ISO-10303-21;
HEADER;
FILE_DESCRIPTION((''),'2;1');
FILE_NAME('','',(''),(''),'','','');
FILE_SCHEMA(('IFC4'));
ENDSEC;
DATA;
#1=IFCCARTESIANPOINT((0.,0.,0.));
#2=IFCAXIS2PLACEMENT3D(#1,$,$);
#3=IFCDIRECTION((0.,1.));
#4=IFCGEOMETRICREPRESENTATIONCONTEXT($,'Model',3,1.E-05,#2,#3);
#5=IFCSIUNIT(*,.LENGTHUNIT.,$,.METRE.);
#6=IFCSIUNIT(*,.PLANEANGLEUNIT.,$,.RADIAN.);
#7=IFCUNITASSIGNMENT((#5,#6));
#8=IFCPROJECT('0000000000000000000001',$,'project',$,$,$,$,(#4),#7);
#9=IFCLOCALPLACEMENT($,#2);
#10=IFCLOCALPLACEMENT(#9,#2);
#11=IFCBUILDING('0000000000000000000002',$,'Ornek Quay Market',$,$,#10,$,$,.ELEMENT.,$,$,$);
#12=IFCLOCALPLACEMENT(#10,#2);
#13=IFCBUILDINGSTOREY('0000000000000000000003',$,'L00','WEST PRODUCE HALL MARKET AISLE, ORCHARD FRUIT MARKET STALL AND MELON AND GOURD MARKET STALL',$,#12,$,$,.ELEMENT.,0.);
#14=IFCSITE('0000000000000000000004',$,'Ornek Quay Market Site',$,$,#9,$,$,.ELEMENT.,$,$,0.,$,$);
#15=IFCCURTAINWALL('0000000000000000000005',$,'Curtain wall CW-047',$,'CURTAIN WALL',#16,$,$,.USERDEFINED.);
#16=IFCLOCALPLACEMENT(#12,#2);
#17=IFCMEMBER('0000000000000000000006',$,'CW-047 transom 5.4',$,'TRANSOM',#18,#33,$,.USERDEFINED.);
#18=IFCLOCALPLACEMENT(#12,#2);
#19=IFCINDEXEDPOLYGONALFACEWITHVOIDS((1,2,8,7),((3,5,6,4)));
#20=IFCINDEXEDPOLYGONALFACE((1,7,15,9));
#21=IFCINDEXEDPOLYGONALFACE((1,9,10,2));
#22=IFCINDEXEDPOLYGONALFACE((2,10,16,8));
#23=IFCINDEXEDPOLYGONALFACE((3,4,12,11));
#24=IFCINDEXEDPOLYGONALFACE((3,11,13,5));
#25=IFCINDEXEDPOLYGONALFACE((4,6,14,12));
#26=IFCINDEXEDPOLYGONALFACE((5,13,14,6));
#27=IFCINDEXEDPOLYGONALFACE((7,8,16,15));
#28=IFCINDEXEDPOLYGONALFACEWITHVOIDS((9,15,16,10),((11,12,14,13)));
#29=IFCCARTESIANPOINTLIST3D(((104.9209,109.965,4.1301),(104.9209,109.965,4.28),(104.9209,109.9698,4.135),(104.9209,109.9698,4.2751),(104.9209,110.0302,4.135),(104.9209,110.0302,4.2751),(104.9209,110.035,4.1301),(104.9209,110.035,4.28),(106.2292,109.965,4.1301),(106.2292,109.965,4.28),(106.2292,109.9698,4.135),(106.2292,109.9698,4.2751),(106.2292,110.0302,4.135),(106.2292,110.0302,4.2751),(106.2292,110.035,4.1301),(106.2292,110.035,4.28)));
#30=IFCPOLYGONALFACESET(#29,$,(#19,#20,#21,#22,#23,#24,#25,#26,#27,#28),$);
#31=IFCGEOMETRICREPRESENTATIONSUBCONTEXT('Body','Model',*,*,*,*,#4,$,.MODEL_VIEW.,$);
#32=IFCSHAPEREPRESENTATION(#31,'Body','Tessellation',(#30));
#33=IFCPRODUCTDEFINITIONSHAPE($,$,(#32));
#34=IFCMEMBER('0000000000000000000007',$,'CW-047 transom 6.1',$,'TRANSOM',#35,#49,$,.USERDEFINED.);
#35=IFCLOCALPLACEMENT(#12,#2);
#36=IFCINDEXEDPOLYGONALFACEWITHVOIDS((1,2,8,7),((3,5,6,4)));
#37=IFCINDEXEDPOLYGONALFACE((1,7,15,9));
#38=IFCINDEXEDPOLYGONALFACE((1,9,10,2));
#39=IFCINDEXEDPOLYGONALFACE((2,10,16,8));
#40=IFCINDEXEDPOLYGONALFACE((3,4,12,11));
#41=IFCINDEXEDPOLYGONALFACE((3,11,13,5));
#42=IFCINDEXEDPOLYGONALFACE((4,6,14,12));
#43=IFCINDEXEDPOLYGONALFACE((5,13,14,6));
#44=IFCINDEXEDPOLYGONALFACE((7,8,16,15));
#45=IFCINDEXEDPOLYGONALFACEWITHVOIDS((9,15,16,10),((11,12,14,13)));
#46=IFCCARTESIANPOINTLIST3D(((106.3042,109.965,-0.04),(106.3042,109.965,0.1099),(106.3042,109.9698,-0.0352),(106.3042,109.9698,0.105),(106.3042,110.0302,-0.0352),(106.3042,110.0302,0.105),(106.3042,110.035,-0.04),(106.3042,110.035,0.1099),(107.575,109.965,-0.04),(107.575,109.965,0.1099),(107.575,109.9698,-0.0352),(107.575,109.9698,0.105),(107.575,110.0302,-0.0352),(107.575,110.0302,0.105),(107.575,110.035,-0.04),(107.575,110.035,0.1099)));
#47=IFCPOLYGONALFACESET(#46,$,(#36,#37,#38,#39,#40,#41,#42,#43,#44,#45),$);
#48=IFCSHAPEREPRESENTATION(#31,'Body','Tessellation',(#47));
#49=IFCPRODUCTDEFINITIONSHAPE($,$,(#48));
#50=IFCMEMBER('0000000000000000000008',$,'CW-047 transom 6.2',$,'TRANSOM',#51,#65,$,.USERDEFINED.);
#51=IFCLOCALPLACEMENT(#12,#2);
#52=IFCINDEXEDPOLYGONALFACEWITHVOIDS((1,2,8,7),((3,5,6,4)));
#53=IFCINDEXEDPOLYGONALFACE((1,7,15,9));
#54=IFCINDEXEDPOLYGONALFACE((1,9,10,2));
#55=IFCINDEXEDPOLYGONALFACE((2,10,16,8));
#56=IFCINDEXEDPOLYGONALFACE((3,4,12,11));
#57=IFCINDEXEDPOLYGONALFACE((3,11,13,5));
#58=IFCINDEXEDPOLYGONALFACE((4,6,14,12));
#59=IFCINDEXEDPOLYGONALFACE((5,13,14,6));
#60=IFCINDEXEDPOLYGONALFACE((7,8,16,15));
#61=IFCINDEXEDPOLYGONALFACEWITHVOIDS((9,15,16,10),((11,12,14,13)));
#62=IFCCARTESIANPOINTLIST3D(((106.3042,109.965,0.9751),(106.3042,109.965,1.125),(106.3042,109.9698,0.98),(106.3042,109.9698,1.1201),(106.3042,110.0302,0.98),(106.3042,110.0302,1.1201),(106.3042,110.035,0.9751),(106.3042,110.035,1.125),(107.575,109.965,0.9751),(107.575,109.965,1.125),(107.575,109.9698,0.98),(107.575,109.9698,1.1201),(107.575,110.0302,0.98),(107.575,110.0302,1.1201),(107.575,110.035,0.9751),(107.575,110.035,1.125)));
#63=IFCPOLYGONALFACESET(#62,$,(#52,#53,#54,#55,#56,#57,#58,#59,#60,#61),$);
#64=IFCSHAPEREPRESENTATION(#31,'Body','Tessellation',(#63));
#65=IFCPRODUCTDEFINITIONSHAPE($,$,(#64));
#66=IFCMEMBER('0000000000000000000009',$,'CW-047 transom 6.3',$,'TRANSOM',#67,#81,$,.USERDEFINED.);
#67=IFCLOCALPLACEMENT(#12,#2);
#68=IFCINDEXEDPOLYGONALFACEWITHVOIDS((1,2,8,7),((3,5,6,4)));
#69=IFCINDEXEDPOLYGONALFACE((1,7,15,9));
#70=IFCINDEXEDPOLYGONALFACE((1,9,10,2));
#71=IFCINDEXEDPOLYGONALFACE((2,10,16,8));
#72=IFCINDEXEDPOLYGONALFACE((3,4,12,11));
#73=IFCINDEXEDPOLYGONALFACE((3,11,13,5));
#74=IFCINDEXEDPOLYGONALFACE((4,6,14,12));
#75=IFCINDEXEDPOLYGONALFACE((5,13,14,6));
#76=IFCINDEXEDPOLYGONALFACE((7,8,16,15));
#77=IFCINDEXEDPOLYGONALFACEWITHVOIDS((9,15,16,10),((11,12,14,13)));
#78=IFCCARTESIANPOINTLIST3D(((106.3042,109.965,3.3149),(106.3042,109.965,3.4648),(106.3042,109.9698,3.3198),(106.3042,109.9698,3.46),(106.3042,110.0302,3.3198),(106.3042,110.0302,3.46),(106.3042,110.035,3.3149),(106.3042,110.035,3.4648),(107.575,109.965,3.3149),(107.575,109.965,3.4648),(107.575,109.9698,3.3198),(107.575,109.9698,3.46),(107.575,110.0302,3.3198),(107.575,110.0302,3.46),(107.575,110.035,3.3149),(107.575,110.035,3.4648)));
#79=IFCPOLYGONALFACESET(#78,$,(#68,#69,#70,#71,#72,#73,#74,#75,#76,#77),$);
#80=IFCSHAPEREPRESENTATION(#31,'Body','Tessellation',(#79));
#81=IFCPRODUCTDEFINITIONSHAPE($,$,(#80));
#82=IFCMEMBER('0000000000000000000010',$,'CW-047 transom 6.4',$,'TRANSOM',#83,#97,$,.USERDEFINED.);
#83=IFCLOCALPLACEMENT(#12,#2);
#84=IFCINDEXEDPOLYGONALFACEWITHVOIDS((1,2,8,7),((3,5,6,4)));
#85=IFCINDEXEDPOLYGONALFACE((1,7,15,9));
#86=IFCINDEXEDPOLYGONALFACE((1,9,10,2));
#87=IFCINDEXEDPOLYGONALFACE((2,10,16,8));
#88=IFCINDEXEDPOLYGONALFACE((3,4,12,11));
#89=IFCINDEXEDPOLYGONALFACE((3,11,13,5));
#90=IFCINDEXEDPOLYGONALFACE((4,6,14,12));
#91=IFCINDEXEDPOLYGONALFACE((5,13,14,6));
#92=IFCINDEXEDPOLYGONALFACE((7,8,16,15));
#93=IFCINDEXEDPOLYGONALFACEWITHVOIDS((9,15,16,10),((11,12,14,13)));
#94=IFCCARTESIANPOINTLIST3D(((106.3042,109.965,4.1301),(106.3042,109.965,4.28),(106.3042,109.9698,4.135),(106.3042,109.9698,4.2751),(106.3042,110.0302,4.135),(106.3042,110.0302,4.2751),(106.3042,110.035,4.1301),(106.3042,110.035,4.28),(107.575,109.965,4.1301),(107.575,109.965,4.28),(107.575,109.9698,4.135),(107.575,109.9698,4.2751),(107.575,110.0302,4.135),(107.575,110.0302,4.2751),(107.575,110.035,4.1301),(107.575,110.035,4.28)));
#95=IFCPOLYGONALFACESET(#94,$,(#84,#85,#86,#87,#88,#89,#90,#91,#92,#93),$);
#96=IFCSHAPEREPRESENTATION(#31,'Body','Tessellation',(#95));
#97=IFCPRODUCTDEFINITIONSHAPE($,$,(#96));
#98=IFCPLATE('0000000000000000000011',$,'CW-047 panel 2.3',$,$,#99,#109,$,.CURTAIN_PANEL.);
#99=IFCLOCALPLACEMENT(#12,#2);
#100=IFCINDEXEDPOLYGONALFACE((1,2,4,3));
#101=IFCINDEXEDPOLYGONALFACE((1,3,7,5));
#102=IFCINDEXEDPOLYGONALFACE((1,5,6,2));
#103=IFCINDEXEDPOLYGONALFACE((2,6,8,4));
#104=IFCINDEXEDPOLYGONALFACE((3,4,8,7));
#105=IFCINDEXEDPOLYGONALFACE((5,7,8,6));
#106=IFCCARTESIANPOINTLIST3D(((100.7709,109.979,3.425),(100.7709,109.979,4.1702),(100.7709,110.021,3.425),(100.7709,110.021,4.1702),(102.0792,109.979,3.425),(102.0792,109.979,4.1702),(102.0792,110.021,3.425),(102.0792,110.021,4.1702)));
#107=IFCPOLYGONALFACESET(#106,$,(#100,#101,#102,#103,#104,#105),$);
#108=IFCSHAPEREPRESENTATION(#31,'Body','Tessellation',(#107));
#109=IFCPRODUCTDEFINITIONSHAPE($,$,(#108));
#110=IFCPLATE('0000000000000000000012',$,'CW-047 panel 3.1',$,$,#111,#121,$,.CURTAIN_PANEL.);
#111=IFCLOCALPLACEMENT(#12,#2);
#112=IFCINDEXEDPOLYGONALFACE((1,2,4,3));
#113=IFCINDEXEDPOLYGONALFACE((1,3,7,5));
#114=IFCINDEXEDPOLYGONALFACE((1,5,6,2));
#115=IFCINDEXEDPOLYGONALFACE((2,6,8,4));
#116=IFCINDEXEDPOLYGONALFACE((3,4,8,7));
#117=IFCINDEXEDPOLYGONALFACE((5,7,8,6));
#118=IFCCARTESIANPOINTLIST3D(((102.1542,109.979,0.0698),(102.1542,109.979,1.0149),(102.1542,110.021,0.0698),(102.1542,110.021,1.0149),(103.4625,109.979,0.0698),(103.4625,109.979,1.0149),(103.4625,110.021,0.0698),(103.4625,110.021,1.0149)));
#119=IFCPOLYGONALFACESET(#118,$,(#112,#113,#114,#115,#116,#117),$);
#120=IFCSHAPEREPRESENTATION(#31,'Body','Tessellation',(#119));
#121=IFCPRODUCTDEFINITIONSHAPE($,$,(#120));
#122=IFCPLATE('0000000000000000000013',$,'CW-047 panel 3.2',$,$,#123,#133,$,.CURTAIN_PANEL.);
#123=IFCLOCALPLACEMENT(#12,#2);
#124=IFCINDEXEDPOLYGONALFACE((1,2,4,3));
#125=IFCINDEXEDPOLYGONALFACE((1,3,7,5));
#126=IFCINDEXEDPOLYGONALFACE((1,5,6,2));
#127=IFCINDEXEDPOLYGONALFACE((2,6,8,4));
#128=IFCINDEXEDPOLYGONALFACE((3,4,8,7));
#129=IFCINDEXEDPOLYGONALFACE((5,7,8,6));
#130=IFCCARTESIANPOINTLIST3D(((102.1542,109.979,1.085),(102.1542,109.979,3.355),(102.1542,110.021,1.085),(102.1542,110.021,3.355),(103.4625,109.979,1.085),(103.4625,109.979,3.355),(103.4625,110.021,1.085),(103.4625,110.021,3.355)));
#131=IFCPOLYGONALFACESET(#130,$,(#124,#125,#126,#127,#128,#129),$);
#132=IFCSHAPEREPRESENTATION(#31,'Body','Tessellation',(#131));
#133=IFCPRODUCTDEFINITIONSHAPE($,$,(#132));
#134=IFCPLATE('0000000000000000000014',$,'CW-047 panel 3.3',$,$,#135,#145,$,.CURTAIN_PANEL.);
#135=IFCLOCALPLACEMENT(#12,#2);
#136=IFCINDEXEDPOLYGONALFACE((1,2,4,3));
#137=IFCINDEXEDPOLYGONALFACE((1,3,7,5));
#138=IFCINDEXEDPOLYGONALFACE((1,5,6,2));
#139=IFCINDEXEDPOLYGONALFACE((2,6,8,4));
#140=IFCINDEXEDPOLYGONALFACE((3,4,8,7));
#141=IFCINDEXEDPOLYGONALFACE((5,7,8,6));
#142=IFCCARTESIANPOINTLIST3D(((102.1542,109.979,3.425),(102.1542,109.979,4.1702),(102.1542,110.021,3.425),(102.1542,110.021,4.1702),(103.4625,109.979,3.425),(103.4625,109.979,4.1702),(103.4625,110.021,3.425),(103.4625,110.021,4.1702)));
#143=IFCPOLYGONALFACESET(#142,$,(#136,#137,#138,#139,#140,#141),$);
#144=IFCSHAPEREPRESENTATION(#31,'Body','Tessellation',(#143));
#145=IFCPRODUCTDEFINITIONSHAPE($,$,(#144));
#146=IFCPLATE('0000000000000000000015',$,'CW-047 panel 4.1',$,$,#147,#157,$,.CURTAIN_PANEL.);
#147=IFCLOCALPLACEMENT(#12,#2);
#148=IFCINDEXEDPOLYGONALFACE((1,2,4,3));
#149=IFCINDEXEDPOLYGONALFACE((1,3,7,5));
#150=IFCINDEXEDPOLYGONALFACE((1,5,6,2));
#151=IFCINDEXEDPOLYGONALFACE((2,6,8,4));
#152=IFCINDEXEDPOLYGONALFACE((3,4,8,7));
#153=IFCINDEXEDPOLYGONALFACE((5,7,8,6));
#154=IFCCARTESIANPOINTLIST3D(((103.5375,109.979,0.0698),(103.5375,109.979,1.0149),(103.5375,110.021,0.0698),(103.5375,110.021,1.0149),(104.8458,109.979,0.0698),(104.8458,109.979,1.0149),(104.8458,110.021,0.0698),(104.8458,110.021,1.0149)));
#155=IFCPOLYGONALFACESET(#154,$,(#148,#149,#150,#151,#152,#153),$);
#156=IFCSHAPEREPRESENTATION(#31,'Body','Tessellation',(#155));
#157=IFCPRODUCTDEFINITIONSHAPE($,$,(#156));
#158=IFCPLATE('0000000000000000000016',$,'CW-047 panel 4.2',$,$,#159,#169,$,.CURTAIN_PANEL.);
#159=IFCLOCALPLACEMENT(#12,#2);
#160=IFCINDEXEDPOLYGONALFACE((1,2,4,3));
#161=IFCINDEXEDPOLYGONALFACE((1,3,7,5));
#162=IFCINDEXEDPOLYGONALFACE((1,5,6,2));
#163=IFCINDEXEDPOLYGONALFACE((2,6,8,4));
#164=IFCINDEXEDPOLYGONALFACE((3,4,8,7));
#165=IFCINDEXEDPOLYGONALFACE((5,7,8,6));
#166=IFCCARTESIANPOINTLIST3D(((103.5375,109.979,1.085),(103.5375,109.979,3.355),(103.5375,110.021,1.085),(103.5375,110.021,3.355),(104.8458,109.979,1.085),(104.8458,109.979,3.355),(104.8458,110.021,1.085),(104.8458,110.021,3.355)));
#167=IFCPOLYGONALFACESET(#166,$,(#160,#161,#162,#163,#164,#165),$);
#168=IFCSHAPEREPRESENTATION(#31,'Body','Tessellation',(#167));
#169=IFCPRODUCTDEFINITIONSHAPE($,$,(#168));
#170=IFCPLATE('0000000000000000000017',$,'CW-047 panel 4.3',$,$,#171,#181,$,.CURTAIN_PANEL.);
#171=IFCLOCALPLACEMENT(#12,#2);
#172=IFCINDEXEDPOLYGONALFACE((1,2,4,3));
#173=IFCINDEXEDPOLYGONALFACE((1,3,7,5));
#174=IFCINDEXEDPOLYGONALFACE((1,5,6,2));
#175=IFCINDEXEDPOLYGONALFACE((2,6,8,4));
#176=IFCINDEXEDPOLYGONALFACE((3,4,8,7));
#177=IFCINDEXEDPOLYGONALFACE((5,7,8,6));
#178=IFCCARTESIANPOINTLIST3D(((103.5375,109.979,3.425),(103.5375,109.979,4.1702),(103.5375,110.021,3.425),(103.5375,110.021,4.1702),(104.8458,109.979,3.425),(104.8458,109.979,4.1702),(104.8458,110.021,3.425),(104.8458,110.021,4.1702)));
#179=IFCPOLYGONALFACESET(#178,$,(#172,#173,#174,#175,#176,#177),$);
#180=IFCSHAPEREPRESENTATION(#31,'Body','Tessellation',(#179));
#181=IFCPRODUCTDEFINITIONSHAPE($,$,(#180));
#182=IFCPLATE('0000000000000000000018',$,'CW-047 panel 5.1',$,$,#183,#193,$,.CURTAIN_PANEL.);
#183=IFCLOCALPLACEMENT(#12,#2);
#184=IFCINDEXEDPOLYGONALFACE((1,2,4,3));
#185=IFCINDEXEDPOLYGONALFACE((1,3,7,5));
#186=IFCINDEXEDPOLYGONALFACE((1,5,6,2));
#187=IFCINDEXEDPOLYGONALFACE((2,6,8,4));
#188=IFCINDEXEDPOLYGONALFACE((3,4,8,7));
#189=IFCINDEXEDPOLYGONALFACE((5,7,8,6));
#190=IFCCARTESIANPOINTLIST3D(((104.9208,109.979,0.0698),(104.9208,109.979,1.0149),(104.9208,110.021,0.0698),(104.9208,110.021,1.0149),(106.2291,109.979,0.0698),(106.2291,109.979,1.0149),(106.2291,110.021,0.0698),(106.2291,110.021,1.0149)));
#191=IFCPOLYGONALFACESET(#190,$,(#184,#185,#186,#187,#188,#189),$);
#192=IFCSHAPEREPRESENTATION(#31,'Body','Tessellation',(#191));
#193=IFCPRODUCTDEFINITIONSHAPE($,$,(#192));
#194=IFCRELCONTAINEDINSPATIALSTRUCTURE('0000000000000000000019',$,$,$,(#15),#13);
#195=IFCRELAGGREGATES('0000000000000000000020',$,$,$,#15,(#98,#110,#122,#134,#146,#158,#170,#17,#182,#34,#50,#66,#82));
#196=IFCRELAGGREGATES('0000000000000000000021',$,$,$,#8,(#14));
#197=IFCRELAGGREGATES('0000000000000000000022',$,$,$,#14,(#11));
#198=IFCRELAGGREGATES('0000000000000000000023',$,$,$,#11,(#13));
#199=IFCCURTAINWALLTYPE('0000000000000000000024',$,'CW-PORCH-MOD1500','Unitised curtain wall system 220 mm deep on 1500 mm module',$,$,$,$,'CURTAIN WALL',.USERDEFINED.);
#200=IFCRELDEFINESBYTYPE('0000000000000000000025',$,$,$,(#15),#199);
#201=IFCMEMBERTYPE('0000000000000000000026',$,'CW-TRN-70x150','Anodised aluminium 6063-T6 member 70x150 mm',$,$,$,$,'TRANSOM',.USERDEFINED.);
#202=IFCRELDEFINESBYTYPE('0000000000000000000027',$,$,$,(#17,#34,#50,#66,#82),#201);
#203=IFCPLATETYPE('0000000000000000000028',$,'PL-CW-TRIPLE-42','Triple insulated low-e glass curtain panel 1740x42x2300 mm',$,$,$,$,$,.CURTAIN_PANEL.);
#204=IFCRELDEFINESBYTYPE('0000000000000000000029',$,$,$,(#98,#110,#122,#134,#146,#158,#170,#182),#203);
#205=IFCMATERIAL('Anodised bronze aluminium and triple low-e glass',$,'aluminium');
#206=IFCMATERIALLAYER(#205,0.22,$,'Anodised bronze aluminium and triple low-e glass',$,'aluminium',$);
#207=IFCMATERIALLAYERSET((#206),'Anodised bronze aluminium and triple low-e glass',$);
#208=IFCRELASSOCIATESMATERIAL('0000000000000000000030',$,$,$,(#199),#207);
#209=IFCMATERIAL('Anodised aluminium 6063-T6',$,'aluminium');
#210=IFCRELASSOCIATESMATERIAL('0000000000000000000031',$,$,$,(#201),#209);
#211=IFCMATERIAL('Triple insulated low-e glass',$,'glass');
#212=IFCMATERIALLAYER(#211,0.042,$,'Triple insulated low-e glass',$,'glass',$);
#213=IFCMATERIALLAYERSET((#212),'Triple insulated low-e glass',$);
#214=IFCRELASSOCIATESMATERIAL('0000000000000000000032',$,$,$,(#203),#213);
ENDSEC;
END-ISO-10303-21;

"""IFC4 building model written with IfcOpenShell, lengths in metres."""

from ifc_helpers import new_model, si_unit, direction, frame, origin, origin_2d, place, context, subcontext, project, spatial, rectangle, hollow_rectangle, extrude, material, layer, layer_set, material_profile, profile_set, type_object, element, aggregate, save


model = new_model("IFC4")

# Units and contexts
model_context = context("Model", 3, precision=1e-05, world=origin(), true_north=direction((0.0, 1.0)))
body_context = subcontext(model_context, "Body", "Model", "MODEL_VIEW")
ifc_project = project(units=[si_unit("LENGTHUNIT", "METRE"), si_unit("PLANEANGLEUNIT", "RADIAN")], contexts=[model_context])

# Site, building, storey
site_placement = place(None, origin())
site = spatial("IfcSite", under=ifc_project, at=site_placement, Name="Ornek Quay Market Site", CompositionType="ELEMENT", RefElevation=0.0)
building_placement = place(site_placement, origin())
building = spatial("IfcBuilding", under=site, at=building_placement, Name="Ornek Quay Market", CompositionType="ELEMENT")
storey_placement = place(building_placement, origin())
storey = spatial("IfcBuildingStorey", under=building, at=storey_placement, Name="L00", Description="WEST PRODUCE HALL MARKET AISLE, ORCHARD FRUIT MARKET STALL AND MELON AND GOURD MARKET STALL", CompositionType="ELEMENT", Elevation=0.0)

# Curtain wall, members, plates
ifc_material_1 = material(Name="Anodised bronze aluminium and triple low-e glass", Category="aluminium")
ifc_layer_1 = layer(ifc_material_1, 0.22, Name="Anodised bronze aluminium and triple low-e glass", Category="aluminium")
ifc_layer_set_1 = layer_set([ifc_layer_1], Name="Anodised bronze aluminium and triple low-e glass")
curtain_wall_type = type_object("IfcCurtainWallType", Name="CW-PORCH-MOD1500", Description="Unitised curtain wall system 220 mm deep on 1500 mm module", ElementType="CURTAIN WALL", PredefinedType="USERDEFINED", material=ifc_layer_set_1)
curtain_wall_placement = place(storey_placement, origin())
curtain_wall = element("IfcCurtainWall", 1, at=curtain_wall_placement, inside=storey, type_object=curtain_wall_type, Name="Curtain wall CW-047", ObjectType="CURTAIN WALL", PredefinedType="USERDEFINED")
ifc_material_2 = material(Name="Anodised aluminium 6063-T6", Category="aluminium")
ifc_material_profile_1 = material_profile(ifc_material_2, hollow_rectangle(XDim=0.0701, YDim=0.1499, WallThickness=0.0049, at=origin_2d()), Name="CW-TRN-70x150", Category="aluminium")
ifc_profile_set_1 = profile_set([ifc_material_profile_1], Name="Anodised aluminium 6063-T6")
member_type_1 = type_object("IfcMemberType", Name="CW-TRN-70x150", Description="Anodised aluminium 6063-T6 member 70x150 mm", ElementType="TRANSOM", PredefinedType="USERDEFINED", material=ifc_profile_set_1)
member_1_placement = place(storey_placement, frame((104.9209, 110.0, 4.2051), z_axis=(1.0, 0.0, 0.0), x_axis=(0.0, 1.0, 0.0)))
member_1 = element("IfcMember", 2, at=member_1_placement, type_object=member_type_1, Name="CW-047 transom 5.4", ObjectType="TRANSOM", PredefinedType="USERDEFINED", context=body_context, shape_type="SweptSolid", body=[
    extrude(hollow_rectangle(XDim=0.0701, YDim=0.1499, WallThickness=0.0049, at=origin_2d()), origin(), (0.0, 0.0, 1.0), 1.3083),
])
member_2_placement = place(storey_placement, frame((106.3042, 110.0, 0.0349), z_axis=(1.0, 0.0, 0.0), x_axis=(0.0, 1.0, 0.0)))
member_2 = element("IfcMember", 3, at=member_2_placement, type_object=member_type_1, Name="CW-047 transom 6.1", ObjectType="TRANSOM", PredefinedType="USERDEFINED", context=body_context, shape_type="SweptSolid", body=[
    extrude(hollow_rectangle(XDim=0.0701, YDim=0.1499, WallThickness=0.0049, at=origin_2d()), origin(), (0.0, 0.0, 1.0), 1.2708),
])
member_3_placement = place(storey_placement, frame((106.3042, 110.0, 1.05), z_axis=(1.0, 0.0, 0.0), x_axis=(0.0, 1.0, 0.0)))
member_3 = element("IfcMember", 4, at=member_3_placement, type_object=member_type_1, Name="CW-047 transom 6.2", ObjectType="TRANSOM", PredefinedType="USERDEFINED", context=body_context, shape_type="SweptSolid", body=[
    extrude(hollow_rectangle(XDim=0.0701, YDim=0.1499, WallThickness=0.0049, at=origin_2d()), origin(), (0.0, 0.0, 1.0), 1.2708),
])
member_4_placement = place(storey_placement, frame((106.3042, 110.0, 3.3899), z_axis=(1.0, 0.0, 0.0), x_axis=(0.0, 1.0, 0.0)))
member_4 = element("IfcMember", 5, at=member_4_placement, type_object=member_type_1, Name="CW-047 transom 6.3", ObjectType="TRANSOM", PredefinedType="USERDEFINED", context=body_context, shape_type="SweptSolid", body=[
    extrude(hollow_rectangle(XDim=0.0701, YDim=0.1499, WallThickness=0.0049, at=origin_2d()), origin(), (0.0, 0.0, 1.0), 1.2708),
])
member_5_placement = place(storey_placement, frame((106.3042, 110.0, 4.2051), z_axis=(1.0, 0.0, 0.0), x_axis=(0.0, 1.0, 0.0)))
member_5 = element("IfcMember", 6, at=member_5_placement, type_object=member_type_1, Name="CW-047 transom 6.4", ObjectType="TRANSOM", PredefinedType="USERDEFINED", context=body_context, shape_type="SweptSolid", body=[
    extrude(hollow_rectangle(XDim=0.0701, YDim=0.1499, WallThickness=0.0049, at=origin_2d()), origin(), (0.0, 0.0, 1.0), 1.2708),
])
ifc_material_3 = material(Name="Triple insulated low-e glass", Category="glass")
ifc_layer_2 = layer(ifc_material_3, 0.042, Name="Triple insulated low-e glass", Category="glass")
ifc_layer_set_2 = layer_set([ifc_layer_2], Name="Triple insulated low-e glass")
plate_type = type_object("IfcPlateType", Name="PL-CW-TRIPLE-42", Description="Triple insulated low-e glass curtain panel 1740x42x2300 mm", PredefinedType="CURTAIN_PANEL", material=ifc_layer_set_2)
plate_1_placement = place(storey_placement, frame((101.425, 110.0, 3.425), z_axis=(0.0, 0.0, 1.0), x_axis=(1.0, 0.0, 0.0)))
plate_1 = element("IfcPlate", 7, at=plate_1_placement, type_object=plate_type, Name="CW-047 panel 2.3", PredefinedType="CURTAIN_PANEL", context=body_context, shape_type="SweptSolid", body=[
    extrude(rectangle(XDim=1.3083, YDim=0.042, at=origin_2d()), origin(), (0.0, 0.0, 1.0), 0.7451),
])
plate_2_placement = place(storey_placement, frame((102.8083, 110.0, 0.0698), z_axis=(0.0, 0.0, 1.0), x_axis=(1.0, 0.0, 0.0)))
plate_2 = element("IfcPlate", 8, at=plate_2_placement, type_object=plate_type, Name="CW-047 panel 3.1", PredefinedType="CURTAIN_PANEL", context=body_context, shape_type="SweptSolid", body=[
    extrude(rectangle(XDim=1.3083, YDim=0.042, at=origin_2d()), origin(), (0.0, 0.0, 1.0), 0.9451),
])
plate_3_placement = place(storey_placement, frame((102.8083, 110.0, 1.085), z_axis=(0.0, 0.0, 1.0), x_axis=(1.0, 0.0, 0.0)))
plate_3 = element("IfcPlate", 9, at=plate_3_placement, type_object=plate_type, Name="CW-047 panel 3.2", PredefinedType="CURTAIN_PANEL", context=body_context, shape_type="SweptSolid", body=[
    extrude(rectangle(XDim=1.3083, YDim=0.042, at=origin_2d()), origin(), (0.0, 0.0, 1.0), 2.27),
])
plate_4_placement = place(storey_placement, frame((102.8083, 110.0, 3.425), z_axis=(0.0, 0.0, 1.0), x_axis=(1.0, 0.0, 0.0)))
plate_4 = element("IfcPlate", 10, at=plate_4_placement, type_object=plate_type, Name="CW-047 panel 3.3", PredefinedType="CURTAIN_PANEL", context=body_context, shape_type="SweptSolid", body=[
    extrude(rectangle(XDim=1.3083, YDim=0.042, at=origin_2d()), origin(), (0.0, 0.0, 1.0), 0.7451),
])
plate_5_placement = place(storey_placement, frame((104.1917, 110.0, 0.0698), z_axis=(0.0, 0.0, 1.0), x_axis=(1.0, 0.0, 0.0)))
plate_5 = element("IfcPlate", 11, at=plate_5_placement, type_object=plate_type, Name="CW-047 panel 4.1", PredefinedType="CURTAIN_PANEL", context=body_context, shape_type="SweptSolid", body=[
    extrude(rectangle(XDim=1.3083, YDim=0.042, at=origin_2d()), origin(), (0.0, 0.0, 1.0), 0.9451),
])
plate_6_placement = place(storey_placement, frame((104.1917, 110.0, 1.085), z_axis=(0.0, 0.0, 1.0), x_axis=(1.0, 0.0, 0.0)))
plate_6 = element("IfcPlate", 12, at=plate_6_placement, type_object=plate_type, Name="CW-047 panel 4.2", PredefinedType="CURTAIN_PANEL", context=body_context, shape_type="SweptSolid", body=[
    extrude(rectangle(XDim=1.3083, YDim=0.042, at=origin_2d()), origin(), (0.0, 0.0, 1.0), 2.27),
])
plate_7_placement = place(storey_placement, frame((104.1917, 110.0, 3.425), z_axis=(0.0, 0.0, 1.0), x_axis=(1.0, 0.0, 0.0)))
plate_7 = element("IfcPlate", 13, at=plate_7_placement, type_object=plate_type, Name="CW-047 panel 4.3", PredefinedType="CURTAIN_PANEL", context=body_context, shape_type="SweptSolid", body=[
    extrude(rectangle(XDim=1.3083, YDim=0.042, at=origin_2d()), origin(), (0.0, 0.0, 1.0), 0.7451),
])
plate_8_placement = place(storey_placement, frame((105.575, 110.0, 0.0698), z_axis=(0.0, 0.0, 1.0), x_axis=(1.0, 0.0, 0.0)))
plate_8 = element("IfcPlate", 14, at=plate_8_placement, type_object=plate_type, Name="CW-047 panel 5.1", PredefinedType="CURTAIN_PANEL", context=body_context, shape_type="SweptSolid", body=[
    extrude(rectangle(XDim=1.3083, YDim=0.042, at=origin_2d()), origin(), (0.0, 0.0, 1.0), 0.9451),
])
aggregate(curtain_wall, [plate_1, plate_2, plate_3, plate_4, plate_5, plate_6, plate_7, member_1, plate_8, member_2, member_3, member_4, member_5])

save(model, "model.ifc")
